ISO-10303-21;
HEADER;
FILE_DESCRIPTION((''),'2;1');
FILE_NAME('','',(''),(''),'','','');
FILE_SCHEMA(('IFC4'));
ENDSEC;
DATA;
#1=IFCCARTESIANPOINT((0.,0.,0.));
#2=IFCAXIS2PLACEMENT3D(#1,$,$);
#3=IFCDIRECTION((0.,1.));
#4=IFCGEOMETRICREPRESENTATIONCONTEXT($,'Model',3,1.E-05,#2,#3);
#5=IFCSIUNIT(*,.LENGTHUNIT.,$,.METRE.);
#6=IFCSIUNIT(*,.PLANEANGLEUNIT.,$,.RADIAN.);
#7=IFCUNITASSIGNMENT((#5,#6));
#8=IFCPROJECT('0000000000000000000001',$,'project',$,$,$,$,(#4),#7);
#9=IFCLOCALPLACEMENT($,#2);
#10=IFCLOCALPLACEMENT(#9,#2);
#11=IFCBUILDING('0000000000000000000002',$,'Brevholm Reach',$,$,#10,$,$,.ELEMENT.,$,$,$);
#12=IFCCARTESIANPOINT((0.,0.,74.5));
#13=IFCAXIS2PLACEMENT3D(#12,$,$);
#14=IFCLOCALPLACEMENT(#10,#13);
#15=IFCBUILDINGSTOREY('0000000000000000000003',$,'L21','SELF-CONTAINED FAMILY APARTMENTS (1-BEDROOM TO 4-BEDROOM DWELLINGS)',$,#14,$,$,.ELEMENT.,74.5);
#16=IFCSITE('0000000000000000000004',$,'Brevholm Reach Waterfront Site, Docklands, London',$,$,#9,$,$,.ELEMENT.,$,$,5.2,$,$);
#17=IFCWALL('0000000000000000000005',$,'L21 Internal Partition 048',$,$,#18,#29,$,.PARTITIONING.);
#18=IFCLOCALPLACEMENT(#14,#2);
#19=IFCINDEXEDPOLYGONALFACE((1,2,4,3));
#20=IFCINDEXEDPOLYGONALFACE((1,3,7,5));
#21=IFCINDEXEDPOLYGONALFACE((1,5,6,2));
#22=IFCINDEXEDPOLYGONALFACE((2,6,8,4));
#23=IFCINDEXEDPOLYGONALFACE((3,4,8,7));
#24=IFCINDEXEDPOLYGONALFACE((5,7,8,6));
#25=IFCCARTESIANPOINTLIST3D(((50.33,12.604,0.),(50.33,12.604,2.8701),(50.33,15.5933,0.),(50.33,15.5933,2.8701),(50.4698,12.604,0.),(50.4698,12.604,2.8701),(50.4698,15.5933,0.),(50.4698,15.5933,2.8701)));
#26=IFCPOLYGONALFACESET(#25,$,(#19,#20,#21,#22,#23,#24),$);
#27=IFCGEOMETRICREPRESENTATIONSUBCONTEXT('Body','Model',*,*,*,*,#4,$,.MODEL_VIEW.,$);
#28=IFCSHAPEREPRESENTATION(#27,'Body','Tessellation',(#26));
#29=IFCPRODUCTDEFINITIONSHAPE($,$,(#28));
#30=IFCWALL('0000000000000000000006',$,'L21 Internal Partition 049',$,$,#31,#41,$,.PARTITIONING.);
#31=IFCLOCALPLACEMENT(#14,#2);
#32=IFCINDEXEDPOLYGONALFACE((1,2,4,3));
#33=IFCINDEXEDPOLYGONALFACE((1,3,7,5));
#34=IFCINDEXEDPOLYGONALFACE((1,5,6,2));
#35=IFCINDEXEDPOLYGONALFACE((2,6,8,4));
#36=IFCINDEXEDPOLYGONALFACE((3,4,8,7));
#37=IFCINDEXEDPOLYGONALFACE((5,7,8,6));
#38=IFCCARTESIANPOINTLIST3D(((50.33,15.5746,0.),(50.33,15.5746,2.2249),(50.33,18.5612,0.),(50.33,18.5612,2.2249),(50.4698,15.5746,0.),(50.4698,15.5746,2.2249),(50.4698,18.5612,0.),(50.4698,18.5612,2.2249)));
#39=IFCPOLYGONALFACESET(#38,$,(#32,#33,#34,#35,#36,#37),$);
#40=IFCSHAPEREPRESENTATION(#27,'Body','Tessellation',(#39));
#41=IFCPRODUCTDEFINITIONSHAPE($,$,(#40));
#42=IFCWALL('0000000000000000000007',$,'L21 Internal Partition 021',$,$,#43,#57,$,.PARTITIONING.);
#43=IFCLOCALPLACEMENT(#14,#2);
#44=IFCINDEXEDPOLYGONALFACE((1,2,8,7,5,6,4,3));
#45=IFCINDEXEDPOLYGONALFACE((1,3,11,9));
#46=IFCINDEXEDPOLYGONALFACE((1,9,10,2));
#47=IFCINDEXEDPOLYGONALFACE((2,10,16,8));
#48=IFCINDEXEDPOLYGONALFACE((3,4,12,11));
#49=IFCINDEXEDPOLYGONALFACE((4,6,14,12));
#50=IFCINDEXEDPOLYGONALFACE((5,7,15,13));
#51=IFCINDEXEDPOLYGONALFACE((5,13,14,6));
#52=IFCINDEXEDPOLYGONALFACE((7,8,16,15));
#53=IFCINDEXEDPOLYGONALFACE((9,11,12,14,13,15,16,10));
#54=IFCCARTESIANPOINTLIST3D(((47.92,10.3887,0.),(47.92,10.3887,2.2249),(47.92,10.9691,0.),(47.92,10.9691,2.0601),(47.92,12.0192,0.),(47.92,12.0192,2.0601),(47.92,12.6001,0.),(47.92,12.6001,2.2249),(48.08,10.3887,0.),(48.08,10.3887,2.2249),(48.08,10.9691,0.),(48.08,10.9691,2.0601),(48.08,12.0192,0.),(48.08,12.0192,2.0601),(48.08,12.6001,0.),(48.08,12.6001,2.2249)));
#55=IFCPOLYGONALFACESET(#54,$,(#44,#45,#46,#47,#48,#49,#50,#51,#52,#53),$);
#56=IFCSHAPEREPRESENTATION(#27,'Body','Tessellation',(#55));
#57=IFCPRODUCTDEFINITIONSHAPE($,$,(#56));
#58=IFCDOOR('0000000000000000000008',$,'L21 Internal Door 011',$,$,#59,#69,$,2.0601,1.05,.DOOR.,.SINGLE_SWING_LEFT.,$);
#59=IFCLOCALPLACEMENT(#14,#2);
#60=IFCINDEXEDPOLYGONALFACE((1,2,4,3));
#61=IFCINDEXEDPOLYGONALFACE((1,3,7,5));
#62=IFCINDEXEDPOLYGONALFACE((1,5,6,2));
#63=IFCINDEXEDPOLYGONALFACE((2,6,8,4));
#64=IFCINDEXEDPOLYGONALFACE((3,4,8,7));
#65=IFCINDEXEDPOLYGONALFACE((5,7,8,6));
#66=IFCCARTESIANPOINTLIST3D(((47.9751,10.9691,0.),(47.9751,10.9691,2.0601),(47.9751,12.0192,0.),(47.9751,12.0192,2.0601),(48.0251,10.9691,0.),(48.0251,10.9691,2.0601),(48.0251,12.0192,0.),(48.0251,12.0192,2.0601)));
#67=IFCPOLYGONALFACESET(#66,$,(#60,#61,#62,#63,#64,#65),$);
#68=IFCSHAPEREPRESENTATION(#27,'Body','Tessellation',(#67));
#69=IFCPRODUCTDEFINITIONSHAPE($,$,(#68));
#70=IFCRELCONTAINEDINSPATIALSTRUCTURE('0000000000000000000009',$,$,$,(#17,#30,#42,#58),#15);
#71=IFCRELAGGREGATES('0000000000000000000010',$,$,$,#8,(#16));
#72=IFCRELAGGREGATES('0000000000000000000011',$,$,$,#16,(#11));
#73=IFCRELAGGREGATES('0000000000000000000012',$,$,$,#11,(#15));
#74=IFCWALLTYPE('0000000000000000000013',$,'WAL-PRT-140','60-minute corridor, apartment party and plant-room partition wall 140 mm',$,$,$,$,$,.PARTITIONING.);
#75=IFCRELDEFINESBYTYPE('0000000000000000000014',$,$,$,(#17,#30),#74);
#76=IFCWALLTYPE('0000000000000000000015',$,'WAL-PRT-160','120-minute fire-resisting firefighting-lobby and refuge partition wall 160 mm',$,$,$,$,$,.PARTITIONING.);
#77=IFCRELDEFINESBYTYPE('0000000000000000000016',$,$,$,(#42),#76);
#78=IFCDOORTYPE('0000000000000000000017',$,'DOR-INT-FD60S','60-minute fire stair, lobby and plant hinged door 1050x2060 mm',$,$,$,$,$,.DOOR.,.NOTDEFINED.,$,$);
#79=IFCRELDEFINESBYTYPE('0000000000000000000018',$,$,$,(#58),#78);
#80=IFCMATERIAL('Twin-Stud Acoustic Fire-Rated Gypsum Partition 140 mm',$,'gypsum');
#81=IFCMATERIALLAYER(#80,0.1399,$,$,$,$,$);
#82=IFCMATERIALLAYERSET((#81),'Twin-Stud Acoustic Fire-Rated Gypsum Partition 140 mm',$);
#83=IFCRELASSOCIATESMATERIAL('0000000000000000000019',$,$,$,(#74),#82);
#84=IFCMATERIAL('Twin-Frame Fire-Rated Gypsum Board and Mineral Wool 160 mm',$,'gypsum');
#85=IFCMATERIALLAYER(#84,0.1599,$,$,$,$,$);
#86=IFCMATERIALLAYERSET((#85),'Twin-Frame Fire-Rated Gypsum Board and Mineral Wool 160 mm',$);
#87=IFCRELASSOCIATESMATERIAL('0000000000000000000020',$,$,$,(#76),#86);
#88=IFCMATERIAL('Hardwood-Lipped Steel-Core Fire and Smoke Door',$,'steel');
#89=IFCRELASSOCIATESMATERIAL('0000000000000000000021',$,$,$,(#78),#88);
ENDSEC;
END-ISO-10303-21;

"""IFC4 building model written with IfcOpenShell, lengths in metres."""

from ifc_helpers import new_model, si_unit, direction, frame, frame_2d, origin, place, context, subcontext, project, spatial, rectangle, extrude, material, layer, layer_set, type_object, element, fill, save


model = new_model("IFC4")

# Units and contexts
model_context = context("Model", 3, precision=1e-05, world=origin(), true_north=direction((0.0, 1.0)))
body_context = subcontext(model_context, "Body", "Model", "MODEL_VIEW")
ifc_project = project(units=[si_unit("LENGTHUNIT", "METRE"), si_unit("PLANEANGLEUNIT", "RADIAN")], contexts=[model_context])

# Site, building, storey
site_placement = place(None, origin())
site = spatial("IfcSite", under=ifc_project, at=site_placement, Name="Brevholm Reach Waterfront Site, Docklands, London", CompositionType="ELEMENT", RefElevation=5.2)
building_placement = place(site_placement, origin())
building = spatial("IfcBuilding", under=site, at=building_placement, Name="Brevholm Reach", CompositionType="ELEMENT")
storey_placement = place(building_placement, frame((0.0, 0.0, 74.5)))
storey = spatial("IfcBuildingStorey", under=building, at=storey_placement, Name="L21", Description="SELF-CONTAINED FAMILY APARTMENTS (1-BEDROOM TO 4-BEDROOM DWELLINGS)", CompositionType="ELEMENT", Elevation=74.5)

# Shared definitions
ifc_material_1 = material(Name="Twin-Stud Acoustic Fire-Rated Gypsum Partition 140 mm", Category="gypsum")
ifc_layer_1 = layer(ifc_material_1, 0.1399)
ifc_layer_set_1 = layer_set([ifc_layer_1], Name="Twin-Stud Acoustic Fire-Rated Gypsum Partition 140 mm")
wall_type_1 = type_object("IfcWallType", Name="WAL-PRT-140", Description="60-minute corridor, apartment party and plant-room partition wall 140 mm", PredefinedType="PARTITIONING", material=ifc_layer_set_1)

# Walls
wall_1_placement = place(storey_placement, frame((50.3999, 12.604, 0.0), z_axis=(0.0, 0.0, 1.0), x_axis=(0.0, 1.0, 0.0)))
element("IfcWall", 1, at=wall_1_placement, inside=storey, type_object=wall_type_1, Name="L21 Internal Partition 048", PredefinedType="PARTITIONING", context=body_context, shape_type="SweptSolid", body=[
    extrude(rectangle(XDim=2.9893, YDim=0.1399, at=frame_2d((1.4946, 0.0))), origin(), (0.0, 0.0, 1.0), 2.8701),
])
wall_2_placement = place(storey_placement, frame((50.3999, 15.5747, 0.0), z_axis=(0.0, 0.0, 1.0), x_axis=(0.0, 1.0, 0.0)))
element("IfcWall", 2, at=wall_2_placement, inside=storey, type_object=wall_type_1, Name="L21 Internal Partition 049", PredefinedType="PARTITIONING", context=body_context, shape_type="SweptSolid", body=[
    extrude(rectangle(XDim=2.9866, YDim=0.1399, at=frame_2d((1.4932, 0.0))), origin(), (0.0, 0.0, 1.0), 2.2249),
])

# Wall, opening, door
ifc_material_2 = material(Name="Twin-Frame Fire-Rated Gypsum Board and Mineral Wool 160 mm", Category="gypsum")
ifc_layer_2 = layer(ifc_material_2, 0.1599)
ifc_layer_set_2 = layer_set([ifc_layer_2], Name="Twin-Frame Fire-Rated Gypsum Board and Mineral Wool 160 mm")
wall_type_2 = type_object("IfcWallType", Name="WAL-PRT-160", Description="120-minute fire-resisting firefighting-lobby and refuge partition wall 160 mm", PredefinedType="PARTITIONING", material=ifc_layer_set_2)
wall_3_placement = place(storey_placement, frame((48.0, 10.3887, 0.0), z_axis=(0.0, 0.0, 1.0), x_axis=(0.0, 1.0, 0.0)))
wall_3 = element("IfcWall", 3, at=wall_3_placement, inside=storey, type_object=wall_type_2, Name="L21 Internal Partition 021", PredefinedType="PARTITIONING", context=body_context, shape_type="SweptSolid", body=[
    extrude(rectangle(XDim=2.2114, YDim=0.1599, at=frame_2d((1.1057, 0.0))), origin(), (0.0, 0.0, 1.0), 2.2249),
])
opening_1_placement = place(wall_3_placement, frame((0.5806, 0.0, 0.0)))
opening_1 = element("IfcOpeningElement", 4, at=opening_1_placement, cuts=wall_3, PredefinedType="OPENING", context=body_context, shape_type="SweptSolid", body=[
    extrude(rectangle(XDim=1.05, YDim=2.0601, at=frame_2d((0.5249, 1.03))), frame((0.0, 0.0898, 0.0), z_axis=(0.0, -1.0, 0.0), x_axis=(1.0, 0.0, 0.0)), (0.0, 0.0, 1.0), 0.1799),
])
ifc_material_3 = material(Name="Hardwood-Lipped Steel-Core Fire and Smoke Door", Category="steel")
door_type_1 = type_object("IfcDoorType", Name="DOR-INT-FD60S", Description="60-minute fire stair, lobby and plant hinged door 1050x2060 mm", OperationType="NOTDEFINED", PredefinedType="DOOR", material=ifc_material_3)
door_1_placement = place(opening_1_placement, origin())
door_1 = element("IfcDoor", 5, at=door_1_placement, inside=storey, type_object=door_type_1, Name="L21 Internal Door 011", OperationType="SINGLE_SWING_LEFT", OverallHeight=2.0601, OverallWidth=1.05, PredefinedType="DOOR", context=body_context, shape_type="SweptSolid", body=[
    extrude(rectangle(XDim=1.05, YDim=2.0601, at=frame_2d((0.5249, 1.03))), frame((0.0, 0.0249, 0.0), z_axis=(0.0, -1.0, 0.0), x_axis=(1.0, 0.0, 0.0)), (0.0, 0.0, 1.0), 0.05),
])
fill(opening_1, door_1)

save(model, "model.ifc")
